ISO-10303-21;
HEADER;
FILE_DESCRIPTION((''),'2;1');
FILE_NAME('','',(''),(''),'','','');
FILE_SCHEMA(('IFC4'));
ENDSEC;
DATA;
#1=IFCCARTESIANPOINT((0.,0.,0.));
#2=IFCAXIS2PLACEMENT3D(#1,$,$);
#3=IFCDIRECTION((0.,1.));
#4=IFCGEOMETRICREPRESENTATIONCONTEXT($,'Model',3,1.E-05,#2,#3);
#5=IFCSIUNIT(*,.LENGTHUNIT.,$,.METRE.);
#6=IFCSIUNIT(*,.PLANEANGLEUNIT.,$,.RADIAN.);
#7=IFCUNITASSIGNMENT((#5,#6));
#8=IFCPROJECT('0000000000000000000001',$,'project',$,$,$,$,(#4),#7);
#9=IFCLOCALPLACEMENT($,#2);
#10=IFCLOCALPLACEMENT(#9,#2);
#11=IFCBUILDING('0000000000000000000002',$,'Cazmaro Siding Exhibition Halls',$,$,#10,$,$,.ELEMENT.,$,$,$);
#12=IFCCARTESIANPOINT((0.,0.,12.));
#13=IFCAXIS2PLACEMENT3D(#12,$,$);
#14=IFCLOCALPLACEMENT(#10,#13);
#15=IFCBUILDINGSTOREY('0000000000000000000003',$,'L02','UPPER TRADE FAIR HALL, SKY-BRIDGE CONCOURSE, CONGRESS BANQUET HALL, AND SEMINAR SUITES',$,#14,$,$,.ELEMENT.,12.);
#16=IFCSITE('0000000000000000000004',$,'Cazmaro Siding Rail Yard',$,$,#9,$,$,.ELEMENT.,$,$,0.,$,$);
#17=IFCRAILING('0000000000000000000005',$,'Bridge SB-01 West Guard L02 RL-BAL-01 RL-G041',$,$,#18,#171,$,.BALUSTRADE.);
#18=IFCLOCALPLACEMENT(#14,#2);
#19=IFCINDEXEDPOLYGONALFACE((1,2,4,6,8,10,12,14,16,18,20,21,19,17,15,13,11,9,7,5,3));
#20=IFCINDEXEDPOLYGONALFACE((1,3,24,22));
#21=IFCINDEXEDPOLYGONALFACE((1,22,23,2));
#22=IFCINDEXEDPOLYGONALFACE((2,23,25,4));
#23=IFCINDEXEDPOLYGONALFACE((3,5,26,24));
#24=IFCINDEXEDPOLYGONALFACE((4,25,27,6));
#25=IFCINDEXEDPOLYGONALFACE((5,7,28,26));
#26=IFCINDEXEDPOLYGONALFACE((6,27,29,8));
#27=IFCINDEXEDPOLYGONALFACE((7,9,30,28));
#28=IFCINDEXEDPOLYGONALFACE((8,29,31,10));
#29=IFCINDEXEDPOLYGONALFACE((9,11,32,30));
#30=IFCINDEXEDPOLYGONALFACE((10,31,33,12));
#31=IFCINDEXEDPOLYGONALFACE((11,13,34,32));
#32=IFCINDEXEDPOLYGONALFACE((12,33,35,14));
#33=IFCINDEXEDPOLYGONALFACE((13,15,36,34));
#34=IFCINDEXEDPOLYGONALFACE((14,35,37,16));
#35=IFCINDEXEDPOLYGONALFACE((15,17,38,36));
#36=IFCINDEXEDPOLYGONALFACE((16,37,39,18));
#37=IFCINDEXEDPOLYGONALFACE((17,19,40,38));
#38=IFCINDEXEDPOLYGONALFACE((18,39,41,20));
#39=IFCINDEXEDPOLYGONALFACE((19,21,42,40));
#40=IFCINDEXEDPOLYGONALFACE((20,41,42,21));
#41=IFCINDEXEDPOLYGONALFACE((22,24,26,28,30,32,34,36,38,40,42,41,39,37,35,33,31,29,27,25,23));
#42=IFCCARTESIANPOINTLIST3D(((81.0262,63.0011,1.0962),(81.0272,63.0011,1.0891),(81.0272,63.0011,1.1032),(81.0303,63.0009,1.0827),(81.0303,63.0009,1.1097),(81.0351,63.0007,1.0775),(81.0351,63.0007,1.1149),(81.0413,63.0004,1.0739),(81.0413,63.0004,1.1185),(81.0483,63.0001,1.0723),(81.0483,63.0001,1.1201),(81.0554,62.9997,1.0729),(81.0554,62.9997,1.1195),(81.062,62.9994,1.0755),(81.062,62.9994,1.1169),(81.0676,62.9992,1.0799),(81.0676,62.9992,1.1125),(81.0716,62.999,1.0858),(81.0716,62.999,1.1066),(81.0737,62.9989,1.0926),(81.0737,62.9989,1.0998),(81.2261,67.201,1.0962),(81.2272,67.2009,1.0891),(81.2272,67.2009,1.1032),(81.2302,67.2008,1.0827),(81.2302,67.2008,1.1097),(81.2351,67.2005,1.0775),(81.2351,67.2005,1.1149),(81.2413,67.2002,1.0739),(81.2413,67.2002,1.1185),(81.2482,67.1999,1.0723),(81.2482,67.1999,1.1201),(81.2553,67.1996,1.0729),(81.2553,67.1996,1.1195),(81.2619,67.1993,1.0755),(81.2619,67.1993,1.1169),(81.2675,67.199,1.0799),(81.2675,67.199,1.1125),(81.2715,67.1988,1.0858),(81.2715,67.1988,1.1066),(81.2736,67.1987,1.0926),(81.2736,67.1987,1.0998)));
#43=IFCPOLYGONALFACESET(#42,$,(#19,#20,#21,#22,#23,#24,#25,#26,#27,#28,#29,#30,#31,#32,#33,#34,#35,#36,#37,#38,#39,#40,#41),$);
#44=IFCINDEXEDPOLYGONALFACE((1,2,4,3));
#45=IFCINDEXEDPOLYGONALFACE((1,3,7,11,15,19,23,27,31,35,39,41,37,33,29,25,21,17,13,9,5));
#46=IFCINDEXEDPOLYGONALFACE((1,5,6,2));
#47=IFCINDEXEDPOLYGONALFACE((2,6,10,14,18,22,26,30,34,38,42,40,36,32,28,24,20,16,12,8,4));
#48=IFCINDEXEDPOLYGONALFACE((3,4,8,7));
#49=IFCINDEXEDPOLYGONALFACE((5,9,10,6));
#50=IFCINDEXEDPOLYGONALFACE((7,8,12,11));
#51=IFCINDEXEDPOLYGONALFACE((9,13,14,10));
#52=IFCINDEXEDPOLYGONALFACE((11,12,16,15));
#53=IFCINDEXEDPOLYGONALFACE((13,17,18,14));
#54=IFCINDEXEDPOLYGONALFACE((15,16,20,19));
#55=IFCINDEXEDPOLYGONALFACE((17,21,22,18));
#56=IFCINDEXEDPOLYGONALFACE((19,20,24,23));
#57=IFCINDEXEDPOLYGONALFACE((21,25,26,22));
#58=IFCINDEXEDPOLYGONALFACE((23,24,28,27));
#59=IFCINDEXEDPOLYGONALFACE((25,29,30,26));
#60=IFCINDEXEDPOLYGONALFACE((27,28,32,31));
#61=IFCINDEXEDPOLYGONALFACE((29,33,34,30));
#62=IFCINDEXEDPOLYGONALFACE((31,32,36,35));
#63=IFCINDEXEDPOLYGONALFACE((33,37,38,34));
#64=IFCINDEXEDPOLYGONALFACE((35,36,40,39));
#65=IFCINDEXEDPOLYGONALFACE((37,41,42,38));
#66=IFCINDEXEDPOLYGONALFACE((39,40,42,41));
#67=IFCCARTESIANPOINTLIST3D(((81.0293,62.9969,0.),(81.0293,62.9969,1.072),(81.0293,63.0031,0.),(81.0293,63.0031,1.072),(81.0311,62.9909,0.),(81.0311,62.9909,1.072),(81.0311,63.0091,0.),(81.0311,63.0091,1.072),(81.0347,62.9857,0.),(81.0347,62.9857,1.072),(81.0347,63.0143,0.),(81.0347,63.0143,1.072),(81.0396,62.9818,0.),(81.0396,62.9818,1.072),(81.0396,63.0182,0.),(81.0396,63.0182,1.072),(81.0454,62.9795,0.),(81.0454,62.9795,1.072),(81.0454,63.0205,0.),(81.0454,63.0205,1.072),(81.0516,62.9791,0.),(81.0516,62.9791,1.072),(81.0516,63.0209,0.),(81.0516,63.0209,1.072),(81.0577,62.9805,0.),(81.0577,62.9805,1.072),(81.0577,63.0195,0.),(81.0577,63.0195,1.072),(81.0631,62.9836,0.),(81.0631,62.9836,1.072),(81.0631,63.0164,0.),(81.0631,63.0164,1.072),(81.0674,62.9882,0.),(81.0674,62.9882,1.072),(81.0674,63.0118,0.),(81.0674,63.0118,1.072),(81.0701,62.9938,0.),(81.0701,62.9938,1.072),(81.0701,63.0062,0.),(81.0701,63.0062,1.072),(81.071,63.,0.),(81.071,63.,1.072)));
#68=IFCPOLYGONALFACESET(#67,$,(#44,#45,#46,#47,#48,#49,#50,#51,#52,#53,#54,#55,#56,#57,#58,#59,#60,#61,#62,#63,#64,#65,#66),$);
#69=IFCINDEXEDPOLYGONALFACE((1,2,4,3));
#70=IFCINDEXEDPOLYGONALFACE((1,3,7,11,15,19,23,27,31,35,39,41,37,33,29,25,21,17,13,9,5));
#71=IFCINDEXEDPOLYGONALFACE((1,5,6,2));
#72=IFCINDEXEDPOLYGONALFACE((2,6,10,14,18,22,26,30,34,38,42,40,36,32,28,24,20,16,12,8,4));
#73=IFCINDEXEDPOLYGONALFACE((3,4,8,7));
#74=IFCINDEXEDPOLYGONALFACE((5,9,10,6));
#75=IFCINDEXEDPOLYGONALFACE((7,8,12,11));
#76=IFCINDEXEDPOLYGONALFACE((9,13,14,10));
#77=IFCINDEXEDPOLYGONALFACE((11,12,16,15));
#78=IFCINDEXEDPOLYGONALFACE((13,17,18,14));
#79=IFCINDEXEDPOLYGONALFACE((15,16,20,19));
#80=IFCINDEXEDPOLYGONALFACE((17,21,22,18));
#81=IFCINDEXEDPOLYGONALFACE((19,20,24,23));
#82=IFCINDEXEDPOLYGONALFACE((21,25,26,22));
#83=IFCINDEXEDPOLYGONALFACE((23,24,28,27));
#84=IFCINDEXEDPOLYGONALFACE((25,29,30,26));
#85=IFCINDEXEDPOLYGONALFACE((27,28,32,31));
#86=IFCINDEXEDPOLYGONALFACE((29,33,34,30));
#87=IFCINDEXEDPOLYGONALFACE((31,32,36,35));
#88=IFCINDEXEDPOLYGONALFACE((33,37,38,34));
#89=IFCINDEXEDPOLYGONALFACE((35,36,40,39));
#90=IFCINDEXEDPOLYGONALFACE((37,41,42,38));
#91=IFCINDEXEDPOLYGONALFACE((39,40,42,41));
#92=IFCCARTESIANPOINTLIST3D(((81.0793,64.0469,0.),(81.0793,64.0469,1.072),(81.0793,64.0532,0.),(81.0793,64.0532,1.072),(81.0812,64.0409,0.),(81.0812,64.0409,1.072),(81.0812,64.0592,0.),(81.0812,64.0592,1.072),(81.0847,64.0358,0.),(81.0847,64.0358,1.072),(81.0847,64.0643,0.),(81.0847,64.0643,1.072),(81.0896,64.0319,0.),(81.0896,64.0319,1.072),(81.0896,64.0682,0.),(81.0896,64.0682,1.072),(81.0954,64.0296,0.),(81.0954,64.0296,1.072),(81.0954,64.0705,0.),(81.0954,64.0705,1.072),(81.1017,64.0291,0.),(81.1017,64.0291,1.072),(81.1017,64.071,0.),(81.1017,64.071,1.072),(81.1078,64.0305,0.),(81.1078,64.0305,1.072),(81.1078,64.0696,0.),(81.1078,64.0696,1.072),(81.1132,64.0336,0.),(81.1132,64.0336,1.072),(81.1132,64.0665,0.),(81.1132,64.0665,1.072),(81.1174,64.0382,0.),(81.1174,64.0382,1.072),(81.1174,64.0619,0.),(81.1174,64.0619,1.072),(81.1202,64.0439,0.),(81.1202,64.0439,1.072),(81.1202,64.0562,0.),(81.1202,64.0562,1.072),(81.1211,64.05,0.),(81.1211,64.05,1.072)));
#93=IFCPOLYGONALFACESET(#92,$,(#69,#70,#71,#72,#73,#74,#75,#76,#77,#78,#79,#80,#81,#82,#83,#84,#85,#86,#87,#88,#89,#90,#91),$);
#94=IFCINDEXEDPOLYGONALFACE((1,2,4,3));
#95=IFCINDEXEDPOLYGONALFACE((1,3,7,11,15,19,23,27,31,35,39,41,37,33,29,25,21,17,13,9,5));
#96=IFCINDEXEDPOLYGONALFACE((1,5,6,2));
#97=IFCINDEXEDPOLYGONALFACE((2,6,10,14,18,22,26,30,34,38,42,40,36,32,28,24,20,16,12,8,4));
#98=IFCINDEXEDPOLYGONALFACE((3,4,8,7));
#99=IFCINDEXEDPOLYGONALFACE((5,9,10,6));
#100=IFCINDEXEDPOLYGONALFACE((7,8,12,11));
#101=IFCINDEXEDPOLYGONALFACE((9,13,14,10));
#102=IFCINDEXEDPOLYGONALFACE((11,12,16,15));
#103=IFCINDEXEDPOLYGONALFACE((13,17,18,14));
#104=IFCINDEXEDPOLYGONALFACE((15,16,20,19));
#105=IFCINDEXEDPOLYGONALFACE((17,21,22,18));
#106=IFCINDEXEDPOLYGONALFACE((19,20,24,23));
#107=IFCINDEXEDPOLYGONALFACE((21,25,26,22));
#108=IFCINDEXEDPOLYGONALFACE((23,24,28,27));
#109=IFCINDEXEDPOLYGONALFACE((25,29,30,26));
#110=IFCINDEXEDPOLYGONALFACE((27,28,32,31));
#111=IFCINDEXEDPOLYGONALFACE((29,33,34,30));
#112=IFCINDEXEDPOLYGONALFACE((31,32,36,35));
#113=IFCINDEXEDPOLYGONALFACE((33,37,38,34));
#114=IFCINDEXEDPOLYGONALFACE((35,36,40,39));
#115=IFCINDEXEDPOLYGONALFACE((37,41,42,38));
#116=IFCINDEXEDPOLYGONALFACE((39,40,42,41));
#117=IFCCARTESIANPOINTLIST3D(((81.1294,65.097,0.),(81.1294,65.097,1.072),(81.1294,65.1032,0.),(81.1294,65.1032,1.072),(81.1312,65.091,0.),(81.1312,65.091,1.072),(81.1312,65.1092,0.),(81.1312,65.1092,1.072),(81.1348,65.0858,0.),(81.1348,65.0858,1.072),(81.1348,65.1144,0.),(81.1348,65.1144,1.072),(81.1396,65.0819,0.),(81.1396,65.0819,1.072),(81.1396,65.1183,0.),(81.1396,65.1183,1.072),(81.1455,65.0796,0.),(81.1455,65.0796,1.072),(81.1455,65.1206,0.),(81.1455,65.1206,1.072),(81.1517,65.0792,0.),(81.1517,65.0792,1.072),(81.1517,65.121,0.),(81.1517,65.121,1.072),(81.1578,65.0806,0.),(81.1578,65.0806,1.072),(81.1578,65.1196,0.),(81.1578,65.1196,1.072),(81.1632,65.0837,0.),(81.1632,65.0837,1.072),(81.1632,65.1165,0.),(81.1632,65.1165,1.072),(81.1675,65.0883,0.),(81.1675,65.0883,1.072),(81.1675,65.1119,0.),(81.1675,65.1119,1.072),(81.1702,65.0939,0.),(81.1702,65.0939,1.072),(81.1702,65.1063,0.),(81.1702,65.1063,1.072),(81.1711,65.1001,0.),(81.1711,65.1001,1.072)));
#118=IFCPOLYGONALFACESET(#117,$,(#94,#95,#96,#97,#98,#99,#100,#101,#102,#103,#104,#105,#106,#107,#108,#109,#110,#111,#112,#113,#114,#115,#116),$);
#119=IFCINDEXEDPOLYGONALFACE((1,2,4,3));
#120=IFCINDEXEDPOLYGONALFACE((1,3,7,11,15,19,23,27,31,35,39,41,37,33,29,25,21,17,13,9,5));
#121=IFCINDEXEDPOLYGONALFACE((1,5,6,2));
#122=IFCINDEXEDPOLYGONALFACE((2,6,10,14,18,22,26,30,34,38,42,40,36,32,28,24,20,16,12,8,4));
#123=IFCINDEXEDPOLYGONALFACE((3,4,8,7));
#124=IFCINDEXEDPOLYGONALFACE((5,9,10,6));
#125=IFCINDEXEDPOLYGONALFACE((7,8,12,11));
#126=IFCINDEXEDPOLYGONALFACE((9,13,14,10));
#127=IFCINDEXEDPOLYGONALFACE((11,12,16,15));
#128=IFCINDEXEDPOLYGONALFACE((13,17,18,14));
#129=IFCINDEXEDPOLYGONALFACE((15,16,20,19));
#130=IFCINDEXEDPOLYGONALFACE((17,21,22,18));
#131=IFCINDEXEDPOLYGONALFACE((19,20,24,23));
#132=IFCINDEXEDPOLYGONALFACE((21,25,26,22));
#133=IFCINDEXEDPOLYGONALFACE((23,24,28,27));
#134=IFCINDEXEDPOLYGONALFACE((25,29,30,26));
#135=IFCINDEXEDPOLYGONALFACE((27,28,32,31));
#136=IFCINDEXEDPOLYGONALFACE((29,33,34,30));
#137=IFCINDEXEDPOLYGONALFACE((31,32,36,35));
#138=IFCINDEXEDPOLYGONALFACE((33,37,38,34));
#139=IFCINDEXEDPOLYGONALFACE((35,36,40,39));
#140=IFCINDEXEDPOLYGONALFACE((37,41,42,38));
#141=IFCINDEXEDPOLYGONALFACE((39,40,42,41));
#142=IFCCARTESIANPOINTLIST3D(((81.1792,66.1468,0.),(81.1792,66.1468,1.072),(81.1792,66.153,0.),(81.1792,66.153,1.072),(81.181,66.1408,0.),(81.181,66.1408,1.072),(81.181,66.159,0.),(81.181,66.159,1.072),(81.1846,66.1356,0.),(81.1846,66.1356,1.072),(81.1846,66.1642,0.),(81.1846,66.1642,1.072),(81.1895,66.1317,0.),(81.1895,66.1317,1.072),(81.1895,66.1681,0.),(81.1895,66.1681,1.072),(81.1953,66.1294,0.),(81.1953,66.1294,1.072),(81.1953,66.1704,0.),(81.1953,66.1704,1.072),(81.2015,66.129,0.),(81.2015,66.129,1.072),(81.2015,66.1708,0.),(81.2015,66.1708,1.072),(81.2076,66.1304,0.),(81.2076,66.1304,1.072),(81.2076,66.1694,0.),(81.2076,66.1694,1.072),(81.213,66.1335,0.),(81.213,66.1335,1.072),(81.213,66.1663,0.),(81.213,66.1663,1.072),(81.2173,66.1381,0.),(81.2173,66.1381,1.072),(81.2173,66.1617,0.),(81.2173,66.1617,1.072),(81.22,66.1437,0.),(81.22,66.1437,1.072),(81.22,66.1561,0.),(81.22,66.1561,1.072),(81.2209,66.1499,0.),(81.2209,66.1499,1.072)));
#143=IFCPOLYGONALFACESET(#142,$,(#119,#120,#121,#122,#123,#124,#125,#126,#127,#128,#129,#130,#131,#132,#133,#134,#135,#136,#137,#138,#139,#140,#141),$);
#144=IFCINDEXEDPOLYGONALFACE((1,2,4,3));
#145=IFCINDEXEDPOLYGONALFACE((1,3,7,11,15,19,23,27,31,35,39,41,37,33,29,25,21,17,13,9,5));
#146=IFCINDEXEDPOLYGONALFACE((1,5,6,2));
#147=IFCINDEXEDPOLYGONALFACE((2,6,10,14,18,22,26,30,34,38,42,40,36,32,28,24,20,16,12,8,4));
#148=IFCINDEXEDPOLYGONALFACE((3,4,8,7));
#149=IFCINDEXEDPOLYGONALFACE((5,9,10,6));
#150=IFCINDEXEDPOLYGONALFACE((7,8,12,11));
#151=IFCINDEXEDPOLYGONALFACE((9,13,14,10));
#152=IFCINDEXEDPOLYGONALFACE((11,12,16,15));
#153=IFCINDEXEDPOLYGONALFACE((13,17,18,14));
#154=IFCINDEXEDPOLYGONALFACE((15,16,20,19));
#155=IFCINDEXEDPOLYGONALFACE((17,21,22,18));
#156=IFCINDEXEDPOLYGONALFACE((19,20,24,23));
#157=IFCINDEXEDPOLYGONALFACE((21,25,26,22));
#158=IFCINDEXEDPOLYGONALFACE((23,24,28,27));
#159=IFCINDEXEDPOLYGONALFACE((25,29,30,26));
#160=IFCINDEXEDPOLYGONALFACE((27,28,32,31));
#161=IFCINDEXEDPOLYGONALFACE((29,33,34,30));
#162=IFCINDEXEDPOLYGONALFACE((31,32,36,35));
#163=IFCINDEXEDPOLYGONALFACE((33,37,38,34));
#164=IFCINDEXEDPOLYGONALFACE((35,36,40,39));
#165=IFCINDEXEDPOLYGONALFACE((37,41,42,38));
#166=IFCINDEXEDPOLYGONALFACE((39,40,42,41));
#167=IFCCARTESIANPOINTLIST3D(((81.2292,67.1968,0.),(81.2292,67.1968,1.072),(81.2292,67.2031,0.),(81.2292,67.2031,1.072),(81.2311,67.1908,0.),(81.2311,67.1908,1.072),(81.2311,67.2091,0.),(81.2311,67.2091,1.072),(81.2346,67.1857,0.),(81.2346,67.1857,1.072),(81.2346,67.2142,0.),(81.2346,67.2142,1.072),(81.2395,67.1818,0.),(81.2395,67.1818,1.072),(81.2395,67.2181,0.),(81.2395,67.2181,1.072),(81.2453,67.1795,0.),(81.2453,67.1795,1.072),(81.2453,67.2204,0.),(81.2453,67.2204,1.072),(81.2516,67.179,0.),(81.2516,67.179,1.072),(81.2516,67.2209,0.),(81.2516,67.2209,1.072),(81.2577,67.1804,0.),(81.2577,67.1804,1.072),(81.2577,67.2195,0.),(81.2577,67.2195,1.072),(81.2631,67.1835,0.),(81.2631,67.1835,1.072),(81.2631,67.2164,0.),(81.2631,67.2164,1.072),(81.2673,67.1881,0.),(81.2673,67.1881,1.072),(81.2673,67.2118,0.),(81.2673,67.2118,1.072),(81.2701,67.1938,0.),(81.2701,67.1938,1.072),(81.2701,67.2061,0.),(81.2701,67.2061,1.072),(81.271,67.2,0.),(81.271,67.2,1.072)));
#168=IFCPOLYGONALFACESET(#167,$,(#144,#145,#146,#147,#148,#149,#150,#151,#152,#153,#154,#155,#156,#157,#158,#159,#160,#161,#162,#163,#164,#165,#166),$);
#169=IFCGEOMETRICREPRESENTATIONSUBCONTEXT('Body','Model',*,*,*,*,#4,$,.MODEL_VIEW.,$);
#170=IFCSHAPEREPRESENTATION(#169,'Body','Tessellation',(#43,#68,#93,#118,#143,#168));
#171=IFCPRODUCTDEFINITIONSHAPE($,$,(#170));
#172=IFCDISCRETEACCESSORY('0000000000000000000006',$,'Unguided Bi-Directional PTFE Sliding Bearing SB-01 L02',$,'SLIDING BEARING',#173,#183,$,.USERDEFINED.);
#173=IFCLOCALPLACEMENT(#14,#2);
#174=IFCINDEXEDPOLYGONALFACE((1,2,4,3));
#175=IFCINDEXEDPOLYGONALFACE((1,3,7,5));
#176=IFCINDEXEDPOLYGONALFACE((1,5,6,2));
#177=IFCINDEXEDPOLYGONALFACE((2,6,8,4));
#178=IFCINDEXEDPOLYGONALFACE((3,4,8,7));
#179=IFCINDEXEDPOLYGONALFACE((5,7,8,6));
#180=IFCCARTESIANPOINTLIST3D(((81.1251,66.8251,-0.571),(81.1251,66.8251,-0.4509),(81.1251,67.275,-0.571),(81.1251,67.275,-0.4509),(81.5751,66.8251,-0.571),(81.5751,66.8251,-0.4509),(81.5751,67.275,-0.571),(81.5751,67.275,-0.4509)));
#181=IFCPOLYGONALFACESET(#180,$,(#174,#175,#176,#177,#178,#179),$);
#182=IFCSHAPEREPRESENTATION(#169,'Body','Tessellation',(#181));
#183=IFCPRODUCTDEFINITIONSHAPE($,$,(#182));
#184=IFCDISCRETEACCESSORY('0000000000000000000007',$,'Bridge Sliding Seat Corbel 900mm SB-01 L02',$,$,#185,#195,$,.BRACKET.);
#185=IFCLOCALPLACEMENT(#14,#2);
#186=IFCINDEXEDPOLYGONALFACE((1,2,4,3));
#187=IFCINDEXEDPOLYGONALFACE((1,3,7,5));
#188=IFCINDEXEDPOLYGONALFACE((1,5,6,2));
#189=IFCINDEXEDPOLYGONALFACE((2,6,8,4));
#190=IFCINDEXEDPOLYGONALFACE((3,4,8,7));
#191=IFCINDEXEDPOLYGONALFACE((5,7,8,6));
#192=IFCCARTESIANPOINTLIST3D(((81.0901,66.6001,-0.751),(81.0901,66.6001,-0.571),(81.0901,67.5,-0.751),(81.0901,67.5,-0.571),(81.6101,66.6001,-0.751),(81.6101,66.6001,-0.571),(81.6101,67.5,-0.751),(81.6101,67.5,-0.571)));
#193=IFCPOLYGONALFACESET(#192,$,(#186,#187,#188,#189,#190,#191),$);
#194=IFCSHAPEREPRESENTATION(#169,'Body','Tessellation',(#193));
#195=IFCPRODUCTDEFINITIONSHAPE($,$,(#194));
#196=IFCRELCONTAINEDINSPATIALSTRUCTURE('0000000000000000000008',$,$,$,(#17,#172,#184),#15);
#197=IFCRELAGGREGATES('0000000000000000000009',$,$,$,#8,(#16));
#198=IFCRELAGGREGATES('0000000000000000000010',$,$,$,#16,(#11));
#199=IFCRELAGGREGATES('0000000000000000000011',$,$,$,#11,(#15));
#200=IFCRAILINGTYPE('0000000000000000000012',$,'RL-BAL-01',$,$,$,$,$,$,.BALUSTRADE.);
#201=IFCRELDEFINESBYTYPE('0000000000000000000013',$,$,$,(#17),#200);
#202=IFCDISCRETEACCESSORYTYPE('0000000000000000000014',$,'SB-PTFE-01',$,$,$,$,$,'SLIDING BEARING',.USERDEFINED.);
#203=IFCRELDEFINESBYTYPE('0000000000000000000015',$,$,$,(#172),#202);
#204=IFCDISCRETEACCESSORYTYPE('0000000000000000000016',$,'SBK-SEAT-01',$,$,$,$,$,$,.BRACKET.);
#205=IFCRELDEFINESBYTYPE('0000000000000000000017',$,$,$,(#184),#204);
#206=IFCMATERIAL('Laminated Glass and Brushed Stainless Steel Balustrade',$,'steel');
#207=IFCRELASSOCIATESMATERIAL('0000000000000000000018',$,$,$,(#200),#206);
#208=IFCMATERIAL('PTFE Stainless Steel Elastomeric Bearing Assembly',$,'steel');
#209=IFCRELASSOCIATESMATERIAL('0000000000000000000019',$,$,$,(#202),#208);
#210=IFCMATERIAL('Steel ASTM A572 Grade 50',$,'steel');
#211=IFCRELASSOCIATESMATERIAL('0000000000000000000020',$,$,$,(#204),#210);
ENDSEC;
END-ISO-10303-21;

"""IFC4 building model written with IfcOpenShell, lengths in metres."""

from ifc_helpers import new_model, si_unit, direction, frame, origin, origin_2d, place, context, subcontext, project, spatial, rectangle, circle, extrude, material, type_object, element, save


model = new_model("IFC4")

# Units and contexts
model_context = context("Model", 3, precision=1e-05, world=origin(), true_north=direction((0.0, 1.0)))
body_context = subcontext(model_context, "Body", "Model", "MODEL_VIEW")
ifc_project = project(units=[si_unit("LENGTHUNIT", "METRE"), si_unit("PLANEANGLEUNIT", "RADIAN")], contexts=[model_context])

# Site, building, storey
site_placement = place(None, origin())
site = spatial("IfcSite", under=ifc_project, at=site_placement, Name="Cazmaro Siding Rail Yard", CompositionType="ELEMENT", RefElevation=0.0)
building_placement = place(site_placement, origin())
building = spatial("IfcBuilding", under=site, at=building_placement, Name="Cazmaro Siding Exhibition Halls", CompositionType="ELEMENT")
storey_placement = place(building_placement, frame((0.0, 0.0, 12.0)))
storey = spatial("IfcBuildingStorey", under=building, at=storey_placement, Name="L02", Description="UPPER TRADE FAIR HALL, SKY-BRIDGE CONCOURSE, CONGRESS BANQUET HALL, AND SEMINAR SUITES", CompositionType="ELEMENT", Elevation=12.0)

# Railing
ifc_material_1 = material(Name="Laminated Glass and Brushed Stainless Steel Balustrade", Category="steel")
railing_type = type_object("IfcRailingType", Name="RL-BAL-01", PredefinedType="BALUSTRADE", material=ifc_material_1)
railing_placement = place(storey_placement, frame((81.05, 63.0, 0.0)))
element("IfcRailing", 1, at=railing_placement, inside=storey, type_object=railing_type, Name="Bridge SB-01 West Guard L02 RL-BAL-01 RL-G041", PredefinedType="BALUSTRADE", context=body_context, shape_type="SweptSolid", body=[
    extrude(circle(Radius=0.0239, at=origin_2d()), frame((0.0, 0.0, 1.0962), z_axis=(0.047554, 0.998869, 0.0), x_axis=(-0.998869, 0.047554, 0.0)), (0.0, 0.0, 1.0), 4.2046),
    extrude(circle(Radius=0.021, at=origin_2d()), origin(), (0.0, 0.0, 1.0), 1.072),
    extrude(circle(Radius=0.021, at=origin_2d()), frame((0.05, 1.05, 0.0)), (0.0, 0.0, 1.0), 1.072),
    extrude(circle(Radius=0.021, at=origin_2d()), frame((0.1001, 2.1001, 0.0)), (0.0, 0.0, 1.0), 1.072),
    extrude(circle(Radius=0.021, at=origin_2d()), frame((0.1499, 3.1499, 0.0)), (0.0, 0.0, 1.0), 1.072),
    extrude(circle(Radius=0.021, at=origin_2d()), frame((0.2, 4.2, 0.0)), (0.0, 0.0, 1.0), 1.072),
])

# Discrete accessories
ifc_material_2 = material(Name="PTFE Stainless Steel Elastomeric Bearing Assembly", Category="steel")
discrete_accessory_type_1 = type_object("IfcDiscreteAccessoryType", Name="SB-PTFE-01", ElementType="SLIDING BEARING", PredefinedType="USERDEFINED", material=ifc_material_2)
discrete_accessory_1_placement = place(storey_placement, frame((81.3501, 67.05, -0.571), z_axis=(0.0, 0.0, 1.0), x_axis=(1.0, 0.0, 0.0)))
element("IfcDiscreteAccessory", 2, at=discrete_accessory_1_placement, inside=storey, type_object=discrete_accessory_type_1, Name="Unguided Bi-Directional PTFE Sliding Bearing SB-01 L02", ObjectType="SLIDING BEARING", PredefinedType="USERDEFINED", context=body_context, shape_type="SweptSolid", body=[
    extrude(rectangle(XDim=0.45, YDim=0.45, at=origin_2d()), origin(), (0.0, 0.0, 1.0), 0.1201),
])
ifc_material_3 = material(Name="Steel ASTM A572 Grade 50", Category="steel")
discrete_accessory_type_2 = type_object("IfcDiscreteAccessoryType", Name="SBK-SEAT-01", PredefinedType="BRACKET", material=ifc_material_3)
discrete_accessory_2_placement = place(storey_placement, frame((81.3501, 67.05, -0.751), z_axis=(0.0, 0.0, 1.0), x_axis=(1.0, 0.0, 0.0)))
element("IfcDiscreteAccessory", 3, at=discrete_accessory_2_placement, inside=storey, type_object=discrete_accessory_type_2, Name="Bridge Sliding Seat Corbel 900mm SB-01 L02", PredefinedType="BRACKET", context=body_context, shape_type="SweptSolid", body=[
    extrude(rectangle(XDim=0.52, YDim=0.8999, at=origin_2d()), origin(), (0.0, 0.0, 1.0), 0.1799),
])

save(model, "model.ifc")
